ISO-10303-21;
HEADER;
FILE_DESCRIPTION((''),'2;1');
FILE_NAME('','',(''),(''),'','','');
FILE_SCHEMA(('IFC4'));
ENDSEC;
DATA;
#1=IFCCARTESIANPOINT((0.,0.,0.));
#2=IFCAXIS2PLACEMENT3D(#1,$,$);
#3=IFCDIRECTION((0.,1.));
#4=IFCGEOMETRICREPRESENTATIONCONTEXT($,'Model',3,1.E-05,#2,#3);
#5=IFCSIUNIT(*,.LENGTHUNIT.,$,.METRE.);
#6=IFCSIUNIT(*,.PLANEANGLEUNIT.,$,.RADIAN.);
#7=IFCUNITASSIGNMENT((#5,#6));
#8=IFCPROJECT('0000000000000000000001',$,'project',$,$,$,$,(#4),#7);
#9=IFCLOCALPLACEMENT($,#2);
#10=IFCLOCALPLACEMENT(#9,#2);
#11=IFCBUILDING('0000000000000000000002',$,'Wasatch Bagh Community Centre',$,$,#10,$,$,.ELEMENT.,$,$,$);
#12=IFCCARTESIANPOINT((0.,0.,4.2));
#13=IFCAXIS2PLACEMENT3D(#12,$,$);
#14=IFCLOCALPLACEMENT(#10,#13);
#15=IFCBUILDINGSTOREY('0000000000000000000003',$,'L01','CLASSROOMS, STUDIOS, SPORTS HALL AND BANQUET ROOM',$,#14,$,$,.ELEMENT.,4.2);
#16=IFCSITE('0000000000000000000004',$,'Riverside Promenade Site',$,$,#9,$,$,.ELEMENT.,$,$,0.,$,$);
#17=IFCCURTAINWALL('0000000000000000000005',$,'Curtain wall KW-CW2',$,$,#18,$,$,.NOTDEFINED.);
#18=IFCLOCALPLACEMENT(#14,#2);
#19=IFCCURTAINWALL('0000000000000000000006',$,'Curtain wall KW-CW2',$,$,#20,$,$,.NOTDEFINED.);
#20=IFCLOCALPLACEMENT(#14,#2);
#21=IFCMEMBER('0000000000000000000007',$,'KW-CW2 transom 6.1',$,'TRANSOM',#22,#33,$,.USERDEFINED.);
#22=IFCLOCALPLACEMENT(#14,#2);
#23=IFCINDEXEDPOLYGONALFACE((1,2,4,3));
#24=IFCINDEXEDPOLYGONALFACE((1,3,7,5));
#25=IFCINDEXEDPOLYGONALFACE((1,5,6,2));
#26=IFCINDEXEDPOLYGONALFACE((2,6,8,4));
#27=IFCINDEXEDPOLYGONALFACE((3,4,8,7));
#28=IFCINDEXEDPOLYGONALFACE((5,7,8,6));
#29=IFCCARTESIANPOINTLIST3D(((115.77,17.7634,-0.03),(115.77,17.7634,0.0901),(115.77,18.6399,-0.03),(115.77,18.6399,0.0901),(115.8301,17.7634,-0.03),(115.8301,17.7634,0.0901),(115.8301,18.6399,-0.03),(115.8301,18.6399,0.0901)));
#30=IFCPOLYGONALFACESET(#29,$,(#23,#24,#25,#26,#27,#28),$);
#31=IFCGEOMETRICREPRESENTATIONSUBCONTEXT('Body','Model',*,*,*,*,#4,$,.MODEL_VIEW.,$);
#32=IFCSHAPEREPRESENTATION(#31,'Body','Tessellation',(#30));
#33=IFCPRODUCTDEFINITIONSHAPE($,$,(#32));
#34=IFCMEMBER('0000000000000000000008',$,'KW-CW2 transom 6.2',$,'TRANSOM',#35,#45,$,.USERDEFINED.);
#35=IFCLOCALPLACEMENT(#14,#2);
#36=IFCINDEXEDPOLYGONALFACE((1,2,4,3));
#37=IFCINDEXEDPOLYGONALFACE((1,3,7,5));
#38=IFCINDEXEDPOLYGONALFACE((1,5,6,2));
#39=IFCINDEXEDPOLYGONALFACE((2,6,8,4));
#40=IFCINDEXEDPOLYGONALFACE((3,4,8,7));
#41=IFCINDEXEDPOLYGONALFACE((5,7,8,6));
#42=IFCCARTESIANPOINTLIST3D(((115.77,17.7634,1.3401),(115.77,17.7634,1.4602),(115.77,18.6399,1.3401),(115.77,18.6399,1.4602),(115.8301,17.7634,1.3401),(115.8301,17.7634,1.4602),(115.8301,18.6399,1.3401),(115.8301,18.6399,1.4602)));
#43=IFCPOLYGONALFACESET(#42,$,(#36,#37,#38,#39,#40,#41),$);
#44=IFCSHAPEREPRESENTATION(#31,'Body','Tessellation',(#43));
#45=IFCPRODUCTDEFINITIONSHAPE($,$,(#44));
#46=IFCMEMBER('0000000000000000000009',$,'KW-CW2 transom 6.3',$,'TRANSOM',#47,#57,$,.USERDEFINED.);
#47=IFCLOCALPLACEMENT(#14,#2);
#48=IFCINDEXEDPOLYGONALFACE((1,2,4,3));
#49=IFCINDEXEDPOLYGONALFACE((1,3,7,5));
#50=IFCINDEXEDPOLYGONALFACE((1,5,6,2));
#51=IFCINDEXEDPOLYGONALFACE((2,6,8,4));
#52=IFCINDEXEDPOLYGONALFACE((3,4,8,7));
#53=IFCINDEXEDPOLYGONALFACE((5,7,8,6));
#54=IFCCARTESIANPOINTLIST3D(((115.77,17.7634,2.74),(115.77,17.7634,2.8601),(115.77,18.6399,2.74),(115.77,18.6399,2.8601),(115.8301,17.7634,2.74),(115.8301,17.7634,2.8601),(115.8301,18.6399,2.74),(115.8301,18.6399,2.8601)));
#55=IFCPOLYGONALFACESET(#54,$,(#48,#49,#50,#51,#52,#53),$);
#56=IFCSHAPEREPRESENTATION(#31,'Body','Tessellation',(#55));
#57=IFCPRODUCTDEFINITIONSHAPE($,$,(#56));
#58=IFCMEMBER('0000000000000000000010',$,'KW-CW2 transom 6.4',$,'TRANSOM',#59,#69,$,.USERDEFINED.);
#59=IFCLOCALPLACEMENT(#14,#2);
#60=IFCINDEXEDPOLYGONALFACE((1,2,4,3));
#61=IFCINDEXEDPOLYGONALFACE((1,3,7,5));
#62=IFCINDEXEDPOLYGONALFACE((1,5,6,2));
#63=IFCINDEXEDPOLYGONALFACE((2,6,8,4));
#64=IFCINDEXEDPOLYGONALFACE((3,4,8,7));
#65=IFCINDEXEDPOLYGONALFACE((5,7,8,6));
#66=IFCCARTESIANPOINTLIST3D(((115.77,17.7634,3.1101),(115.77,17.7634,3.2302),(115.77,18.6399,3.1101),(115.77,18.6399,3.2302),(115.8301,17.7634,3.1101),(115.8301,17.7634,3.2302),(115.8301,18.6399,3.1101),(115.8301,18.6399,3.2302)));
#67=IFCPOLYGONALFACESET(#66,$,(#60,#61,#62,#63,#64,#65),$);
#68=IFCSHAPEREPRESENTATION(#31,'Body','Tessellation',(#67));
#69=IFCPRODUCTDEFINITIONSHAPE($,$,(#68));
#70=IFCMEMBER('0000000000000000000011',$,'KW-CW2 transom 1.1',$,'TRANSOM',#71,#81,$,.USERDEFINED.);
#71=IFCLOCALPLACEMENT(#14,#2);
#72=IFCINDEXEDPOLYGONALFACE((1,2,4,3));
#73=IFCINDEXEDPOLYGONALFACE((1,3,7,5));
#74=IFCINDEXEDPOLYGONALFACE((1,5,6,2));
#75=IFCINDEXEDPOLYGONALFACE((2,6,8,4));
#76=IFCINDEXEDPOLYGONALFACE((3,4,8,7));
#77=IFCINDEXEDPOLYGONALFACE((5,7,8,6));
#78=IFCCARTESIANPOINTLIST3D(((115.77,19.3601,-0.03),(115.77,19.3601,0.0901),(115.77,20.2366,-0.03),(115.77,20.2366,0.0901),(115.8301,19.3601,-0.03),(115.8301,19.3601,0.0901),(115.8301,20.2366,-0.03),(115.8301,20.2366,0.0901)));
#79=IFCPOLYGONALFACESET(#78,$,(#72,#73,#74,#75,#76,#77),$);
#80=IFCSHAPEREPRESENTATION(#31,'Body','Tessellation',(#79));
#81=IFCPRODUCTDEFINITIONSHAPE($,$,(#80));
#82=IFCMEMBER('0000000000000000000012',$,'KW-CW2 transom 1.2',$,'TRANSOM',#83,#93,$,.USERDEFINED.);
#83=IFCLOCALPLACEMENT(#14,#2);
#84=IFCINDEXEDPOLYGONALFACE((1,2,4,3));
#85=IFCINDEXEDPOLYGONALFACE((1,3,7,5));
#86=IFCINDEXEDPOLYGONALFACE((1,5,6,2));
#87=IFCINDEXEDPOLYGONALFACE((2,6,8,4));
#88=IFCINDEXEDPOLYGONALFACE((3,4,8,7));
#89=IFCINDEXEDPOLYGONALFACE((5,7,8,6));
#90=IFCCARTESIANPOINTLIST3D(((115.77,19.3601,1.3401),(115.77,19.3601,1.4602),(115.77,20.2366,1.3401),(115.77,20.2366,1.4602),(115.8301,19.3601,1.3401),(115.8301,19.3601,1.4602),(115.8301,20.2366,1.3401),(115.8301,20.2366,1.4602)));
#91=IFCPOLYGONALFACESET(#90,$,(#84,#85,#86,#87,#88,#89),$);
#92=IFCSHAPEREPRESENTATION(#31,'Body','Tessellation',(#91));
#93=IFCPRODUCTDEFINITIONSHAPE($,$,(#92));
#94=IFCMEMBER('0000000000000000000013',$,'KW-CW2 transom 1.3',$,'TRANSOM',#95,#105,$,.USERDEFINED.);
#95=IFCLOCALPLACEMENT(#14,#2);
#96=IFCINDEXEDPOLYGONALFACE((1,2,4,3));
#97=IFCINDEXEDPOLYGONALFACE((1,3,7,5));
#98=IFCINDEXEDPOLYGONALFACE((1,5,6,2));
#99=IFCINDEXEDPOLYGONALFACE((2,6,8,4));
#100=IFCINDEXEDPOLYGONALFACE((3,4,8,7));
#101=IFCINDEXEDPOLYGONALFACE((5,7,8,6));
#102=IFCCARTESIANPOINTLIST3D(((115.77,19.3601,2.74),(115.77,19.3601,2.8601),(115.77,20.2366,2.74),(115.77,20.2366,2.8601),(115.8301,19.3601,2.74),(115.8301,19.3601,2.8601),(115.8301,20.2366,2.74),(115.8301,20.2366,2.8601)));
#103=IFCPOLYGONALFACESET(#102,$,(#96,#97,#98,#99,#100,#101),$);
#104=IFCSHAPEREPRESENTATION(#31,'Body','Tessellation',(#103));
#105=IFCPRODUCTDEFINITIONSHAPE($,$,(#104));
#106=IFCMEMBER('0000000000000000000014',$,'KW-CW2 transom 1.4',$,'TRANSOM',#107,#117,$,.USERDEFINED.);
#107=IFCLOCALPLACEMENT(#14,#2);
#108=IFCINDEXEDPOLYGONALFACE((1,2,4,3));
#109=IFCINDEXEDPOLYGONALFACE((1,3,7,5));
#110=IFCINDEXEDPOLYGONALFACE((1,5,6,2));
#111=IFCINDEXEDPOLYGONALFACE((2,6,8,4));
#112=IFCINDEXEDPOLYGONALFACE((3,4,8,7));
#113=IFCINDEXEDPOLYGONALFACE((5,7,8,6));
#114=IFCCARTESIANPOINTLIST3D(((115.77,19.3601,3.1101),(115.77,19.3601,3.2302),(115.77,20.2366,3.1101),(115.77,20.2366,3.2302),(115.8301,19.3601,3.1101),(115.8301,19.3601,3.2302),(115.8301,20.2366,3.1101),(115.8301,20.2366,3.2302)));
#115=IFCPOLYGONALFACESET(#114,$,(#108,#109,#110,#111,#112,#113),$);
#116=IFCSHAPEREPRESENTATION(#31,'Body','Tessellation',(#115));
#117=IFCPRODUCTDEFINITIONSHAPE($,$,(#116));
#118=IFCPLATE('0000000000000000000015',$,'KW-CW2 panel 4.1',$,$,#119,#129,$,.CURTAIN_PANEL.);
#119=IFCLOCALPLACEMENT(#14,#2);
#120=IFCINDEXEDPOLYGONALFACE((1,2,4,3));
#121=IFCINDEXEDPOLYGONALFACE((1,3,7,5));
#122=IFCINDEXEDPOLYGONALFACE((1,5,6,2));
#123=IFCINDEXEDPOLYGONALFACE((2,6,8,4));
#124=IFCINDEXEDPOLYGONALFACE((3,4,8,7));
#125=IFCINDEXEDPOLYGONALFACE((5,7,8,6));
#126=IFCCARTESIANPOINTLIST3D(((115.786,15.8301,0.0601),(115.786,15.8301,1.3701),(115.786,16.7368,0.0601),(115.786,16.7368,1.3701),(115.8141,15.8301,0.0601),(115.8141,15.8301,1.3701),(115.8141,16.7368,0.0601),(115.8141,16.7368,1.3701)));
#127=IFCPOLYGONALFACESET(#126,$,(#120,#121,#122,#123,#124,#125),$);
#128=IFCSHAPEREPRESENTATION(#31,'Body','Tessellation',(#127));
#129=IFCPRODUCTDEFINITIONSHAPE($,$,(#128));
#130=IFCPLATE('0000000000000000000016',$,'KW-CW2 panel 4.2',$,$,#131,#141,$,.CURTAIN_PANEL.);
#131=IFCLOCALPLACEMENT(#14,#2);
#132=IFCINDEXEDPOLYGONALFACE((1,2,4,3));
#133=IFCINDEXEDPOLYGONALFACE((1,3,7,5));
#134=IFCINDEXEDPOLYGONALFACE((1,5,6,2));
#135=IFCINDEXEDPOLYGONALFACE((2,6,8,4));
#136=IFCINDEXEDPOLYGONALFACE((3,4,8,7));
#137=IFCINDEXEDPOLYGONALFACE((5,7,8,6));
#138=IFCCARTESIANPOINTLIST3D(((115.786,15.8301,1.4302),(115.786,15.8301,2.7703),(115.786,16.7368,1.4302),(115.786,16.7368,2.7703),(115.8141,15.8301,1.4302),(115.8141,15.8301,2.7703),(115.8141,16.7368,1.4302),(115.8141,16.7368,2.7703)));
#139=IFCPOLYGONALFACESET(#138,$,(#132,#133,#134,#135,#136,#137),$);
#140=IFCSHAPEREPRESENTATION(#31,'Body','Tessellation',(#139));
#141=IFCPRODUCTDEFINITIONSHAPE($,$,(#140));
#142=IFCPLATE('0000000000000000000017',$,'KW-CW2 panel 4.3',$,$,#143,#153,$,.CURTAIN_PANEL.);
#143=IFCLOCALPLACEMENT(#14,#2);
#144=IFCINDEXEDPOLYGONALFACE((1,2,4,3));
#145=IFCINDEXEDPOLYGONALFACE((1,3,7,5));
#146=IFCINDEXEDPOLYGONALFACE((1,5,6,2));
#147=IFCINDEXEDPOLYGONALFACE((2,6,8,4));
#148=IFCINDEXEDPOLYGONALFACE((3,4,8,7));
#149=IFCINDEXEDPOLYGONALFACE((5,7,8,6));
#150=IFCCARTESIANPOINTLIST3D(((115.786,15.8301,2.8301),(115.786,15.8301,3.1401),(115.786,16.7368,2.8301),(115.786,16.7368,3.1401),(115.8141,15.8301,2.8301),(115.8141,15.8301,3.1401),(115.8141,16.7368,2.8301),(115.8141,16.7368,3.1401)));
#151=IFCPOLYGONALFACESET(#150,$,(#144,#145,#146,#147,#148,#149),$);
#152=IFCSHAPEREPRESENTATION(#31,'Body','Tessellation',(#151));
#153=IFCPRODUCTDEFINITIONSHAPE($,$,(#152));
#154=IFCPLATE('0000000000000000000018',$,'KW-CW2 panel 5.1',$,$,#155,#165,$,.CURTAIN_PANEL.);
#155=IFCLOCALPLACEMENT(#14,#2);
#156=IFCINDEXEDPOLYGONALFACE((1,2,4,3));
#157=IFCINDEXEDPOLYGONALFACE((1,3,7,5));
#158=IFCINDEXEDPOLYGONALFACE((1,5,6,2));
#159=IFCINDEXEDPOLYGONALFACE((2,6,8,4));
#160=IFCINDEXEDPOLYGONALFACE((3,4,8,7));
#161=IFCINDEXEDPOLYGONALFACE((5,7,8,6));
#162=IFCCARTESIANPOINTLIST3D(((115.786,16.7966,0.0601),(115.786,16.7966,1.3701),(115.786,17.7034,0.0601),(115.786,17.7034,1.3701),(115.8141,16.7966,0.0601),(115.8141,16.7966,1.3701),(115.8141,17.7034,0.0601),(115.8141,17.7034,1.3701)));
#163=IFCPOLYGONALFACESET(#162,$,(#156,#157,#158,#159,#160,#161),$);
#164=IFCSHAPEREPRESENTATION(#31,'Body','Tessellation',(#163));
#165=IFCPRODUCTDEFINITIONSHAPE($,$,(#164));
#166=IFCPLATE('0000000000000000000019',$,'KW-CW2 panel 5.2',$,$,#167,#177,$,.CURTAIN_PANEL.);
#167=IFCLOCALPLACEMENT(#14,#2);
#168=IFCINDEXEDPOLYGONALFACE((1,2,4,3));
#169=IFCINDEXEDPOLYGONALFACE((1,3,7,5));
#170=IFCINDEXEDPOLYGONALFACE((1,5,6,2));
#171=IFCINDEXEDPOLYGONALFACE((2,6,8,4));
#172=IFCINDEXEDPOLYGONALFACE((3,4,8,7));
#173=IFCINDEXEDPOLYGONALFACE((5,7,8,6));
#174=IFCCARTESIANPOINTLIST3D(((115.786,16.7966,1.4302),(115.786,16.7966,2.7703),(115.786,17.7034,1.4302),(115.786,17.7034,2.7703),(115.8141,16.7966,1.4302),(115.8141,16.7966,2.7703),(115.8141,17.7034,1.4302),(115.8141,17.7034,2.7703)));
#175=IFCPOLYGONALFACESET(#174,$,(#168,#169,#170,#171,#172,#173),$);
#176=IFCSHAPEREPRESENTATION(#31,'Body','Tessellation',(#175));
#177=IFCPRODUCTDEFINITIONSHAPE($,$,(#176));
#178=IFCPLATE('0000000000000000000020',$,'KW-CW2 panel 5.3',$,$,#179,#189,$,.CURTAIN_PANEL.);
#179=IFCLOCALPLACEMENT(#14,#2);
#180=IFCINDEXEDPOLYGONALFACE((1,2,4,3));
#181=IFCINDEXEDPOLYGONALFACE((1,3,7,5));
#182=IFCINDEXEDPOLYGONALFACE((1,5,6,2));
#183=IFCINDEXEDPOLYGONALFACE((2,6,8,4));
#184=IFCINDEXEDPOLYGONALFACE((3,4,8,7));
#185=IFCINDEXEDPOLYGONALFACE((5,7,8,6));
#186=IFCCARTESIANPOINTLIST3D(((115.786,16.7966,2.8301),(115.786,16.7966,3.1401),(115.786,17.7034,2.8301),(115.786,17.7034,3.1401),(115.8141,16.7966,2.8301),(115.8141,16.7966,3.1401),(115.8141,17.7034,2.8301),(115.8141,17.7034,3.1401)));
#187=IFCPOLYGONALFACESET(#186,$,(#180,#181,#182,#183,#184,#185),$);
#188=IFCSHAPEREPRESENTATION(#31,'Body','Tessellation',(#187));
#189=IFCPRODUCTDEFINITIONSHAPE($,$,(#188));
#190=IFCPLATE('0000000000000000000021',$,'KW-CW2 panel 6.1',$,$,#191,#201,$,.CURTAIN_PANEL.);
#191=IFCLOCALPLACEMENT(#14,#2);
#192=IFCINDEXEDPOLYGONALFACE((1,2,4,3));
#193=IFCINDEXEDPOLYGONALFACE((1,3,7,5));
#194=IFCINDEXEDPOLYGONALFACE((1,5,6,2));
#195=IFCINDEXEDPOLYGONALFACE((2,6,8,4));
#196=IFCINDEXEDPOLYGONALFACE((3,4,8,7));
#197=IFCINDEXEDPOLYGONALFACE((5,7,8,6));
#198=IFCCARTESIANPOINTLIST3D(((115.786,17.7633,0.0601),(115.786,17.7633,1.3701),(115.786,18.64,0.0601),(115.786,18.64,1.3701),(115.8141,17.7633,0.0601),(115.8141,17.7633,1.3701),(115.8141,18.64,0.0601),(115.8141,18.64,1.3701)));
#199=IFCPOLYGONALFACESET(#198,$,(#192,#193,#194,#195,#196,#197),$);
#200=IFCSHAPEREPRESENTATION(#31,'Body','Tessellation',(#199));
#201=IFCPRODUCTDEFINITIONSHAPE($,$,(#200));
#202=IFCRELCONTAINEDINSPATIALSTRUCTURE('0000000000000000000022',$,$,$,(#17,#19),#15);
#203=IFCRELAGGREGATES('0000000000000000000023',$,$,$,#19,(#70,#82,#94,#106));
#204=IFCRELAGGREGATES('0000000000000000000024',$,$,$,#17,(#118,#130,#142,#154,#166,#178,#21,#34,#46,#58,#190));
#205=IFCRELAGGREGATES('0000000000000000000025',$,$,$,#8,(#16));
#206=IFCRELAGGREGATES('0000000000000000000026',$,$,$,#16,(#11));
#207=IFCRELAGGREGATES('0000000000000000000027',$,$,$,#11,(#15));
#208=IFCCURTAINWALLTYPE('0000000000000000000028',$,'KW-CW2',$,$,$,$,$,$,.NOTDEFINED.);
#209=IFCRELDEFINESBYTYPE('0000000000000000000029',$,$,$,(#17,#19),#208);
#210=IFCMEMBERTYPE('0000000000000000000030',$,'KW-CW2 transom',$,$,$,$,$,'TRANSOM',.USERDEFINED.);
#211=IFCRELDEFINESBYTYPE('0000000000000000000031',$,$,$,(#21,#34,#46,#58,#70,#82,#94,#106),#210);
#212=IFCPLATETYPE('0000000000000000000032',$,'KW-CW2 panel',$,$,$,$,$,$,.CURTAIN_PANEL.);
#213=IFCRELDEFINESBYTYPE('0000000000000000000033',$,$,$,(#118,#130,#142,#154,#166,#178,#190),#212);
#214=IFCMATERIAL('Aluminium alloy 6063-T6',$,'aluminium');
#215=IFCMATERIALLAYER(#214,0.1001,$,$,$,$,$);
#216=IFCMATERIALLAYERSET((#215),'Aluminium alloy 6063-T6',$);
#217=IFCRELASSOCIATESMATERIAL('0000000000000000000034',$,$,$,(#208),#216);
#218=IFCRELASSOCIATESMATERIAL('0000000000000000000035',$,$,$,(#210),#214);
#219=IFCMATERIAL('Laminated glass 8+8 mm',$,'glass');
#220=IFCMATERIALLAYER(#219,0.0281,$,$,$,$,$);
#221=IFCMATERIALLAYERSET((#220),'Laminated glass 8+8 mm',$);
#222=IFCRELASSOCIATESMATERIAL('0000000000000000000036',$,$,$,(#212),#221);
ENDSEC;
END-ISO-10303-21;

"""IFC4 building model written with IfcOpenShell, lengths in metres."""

from ifc_helpers import new_model, si_unit, direction, frame, origin, origin_2d, place, context, subcontext, project, spatial, rectangle, extrude, material, layer, layer_set, material_profile, profile_set, type_object, element, aggregate, save


model = new_model("IFC4")

# Units and contexts
model_context = context("Model", 3, precision=1e-05, world=origin(), true_north=direction((0.0, 1.0)))
body_context = subcontext(model_context, "Body", "Model", "MODEL_VIEW")
ifc_project = project(units=[si_unit("LENGTHUNIT", "METRE"), si_unit("PLANEANGLEUNIT", "RADIAN")], contexts=[model_context])

# Site, building, storey
site_placement = place(None, origin())
site = spatial("IfcSite", under=ifc_project, at=site_placement, Name="Riverside Promenade Site", CompositionType="ELEMENT", RefElevation=0.0)
building_placement = place(site_placement, origin())
building = spatial("IfcBuilding", under=site, at=building_placement, Name="Wasatch Bagh Community Centre", CompositionType="ELEMENT")
storey_placement = place(building_placement, frame((0.0, 0.0, 4.2)))
storey = spatial("IfcBuildingStorey", under=building, at=storey_placement, Name="L01", Description="CLASSROOMS, STUDIOS, SPORTS HALL AND BANQUET ROOM", CompositionType="ELEMENT", Elevation=4.2)

# Curtain wall
ifc_material_1 = material(Name="Aluminium alloy 6063-T6", Category="aluminium")
ifc_layer_1 = layer(ifc_material_1, 0.1001)
ifc_layer_set_1 = layer_set([ifc_layer_1], Name="Aluminium alloy 6063-T6")
curtain_wall_type = type_object("IfcCurtainWallType", Name="KW-CW2", PredefinedType="NOTDEFINED", material=ifc_layer_set_1)
curtain_wall_1_placement = place(storey_placement, origin())
curtain_wall_1 = element("IfcCurtainWall", 1, at=curtain_wall_1_placement, inside=storey, type_object=curtain_wall_type, Name="Curtain wall KW-CW2", PredefinedType="NOTDEFINED")

# Curtain wall
curtain_wall_2_placement = place(storey_placement, origin())
curtain_wall_2 = element("IfcCurtainWall", 2, at=curtain_wall_2_placement, inside=storey, type_object=curtain_wall_type, Name="Curtain wall KW-CW2", PredefinedType="NOTDEFINED")

# Members
ifc_material_profile_1 = material_profile(ifc_material_1, rectangle(XDim=0.0601, YDim=0.1201, at=origin_2d()), Name="AL 60x120")
ifc_profile_set_1 = profile_set([ifc_material_profile_1], Name="Aluminium alloy 6063-T6")
member_type_1 = type_object("IfcMemberType", Name="KW-CW2 transom", ElementType="TRANSOM", PredefinedType="USERDEFINED", material=ifc_profile_set_1)
member_1_placement = place(storey_placement, frame((115.8, 17.7634, 0.03), z_axis=(0.0, 1.0, 0.0), x_axis=(-1.0, 0.0, 0.0)))
member_1 = element("IfcMember", 3, at=member_1_placement, type_object=member_type_1, Name="KW-CW2 transom 6.1", ObjectType="TRANSOM", PredefinedType="USERDEFINED", context=body_context, shape_type="SweptSolid", body=[
    extrude(rectangle(XDim=0.0601, YDim=0.1201, at=origin_2d()), origin(), (0.0, 0.0, 1.0), 0.8765),
])
member_2_placement = place(storey_placement, frame((115.8, 17.7634, 1.4001), z_axis=(0.0, 1.0, 0.0), x_axis=(-1.0, 0.0, 0.0)))
member_2 = element("IfcMember", 4, at=member_2_placement, type_object=member_type_1, Name="KW-CW2 transom 6.2", ObjectType="TRANSOM", PredefinedType="USERDEFINED", context=body_context, shape_type="SweptSolid", body=[
    extrude(rectangle(XDim=0.0601, YDim=0.1201, at=origin_2d()), origin(), (0.0, 0.0, 1.0), 0.8765),
])
member_3_placement = place(storey_placement, frame((115.8, 17.7634, 2.8), z_axis=(0.0, 1.0, 0.0), x_axis=(-1.0, 0.0, 0.0)))
member_3 = element("IfcMember", 5, at=member_3_placement, type_object=member_type_1, Name="KW-CW2 transom 6.3", ObjectType="TRANSOM", PredefinedType="USERDEFINED", context=body_context, shape_type="SweptSolid", body=[
    extrude(rectangle(XDim=0.0601, YDim=0.1201, at=origin_2d()), origin(), (0.0, 0.0, 1.0), 0.8765),
])
member_4_placement = place(storey_placement, frame((115.8, 17.7634, 3.1702), z_axis=(0.0, 1.0, 0.0), x_axis=(-1.0, 0.0, 0.0)))
member_4 = element("IfcMember", 6, at=member_4_placement, type_object=member_type_1, Name="KW-CW2 transom 6.4", ObjectType="TRANSOM", PredefinedType="USERDEFINED", context=body_context, shape_type="SweptSolid", body=[
    extrude(rectangle(XDim=0.0601, YDim=0.1201, at=origin_2d()), origin(), (0.0, 0.0, 1.0), 0.8765),
])
member_5_placement = place(storey_placement, frame((115.8, 19.3601, 0.03), z_axis=(0.0, 1.0, 0.0), x_axis=(-1.0, 0.0, 0.0)))
member_5 = element("IfcMember", 7, at=member_5_placement, type_object=member_type_1, Name="KW-CW2 transom 1.1", ObjectType="TRANSOM", PredefinedType="USERDEFINED", context=body_context, shape_type="SweptSolid", body=[
    extrude(rectangle(XDim=0.0601, YDim=0.1201, at=origin_2d()), origin(), (0.0, 0.0, 1.0), 0.8765),
])
member_6_placement = place(storey_placement, frame((115.8, 19.3601, 1.4001), z_axis=(0.0, 1.0, 0.0), x_axis=(-1.0, 0.0, 0.0)))
member_6 = element("IfcMember", 8, at=member_6_placement, type_object=member_type_1, Name="KW-CW2 transom 1.2", ObjectType="TRANSOM", PredefinedType="USERDEFINED", context=body_context, shape_type="SweptSolid", body=[
    extrude(rectangle(XDim=0.0601, YDim=0.1201, at=origin_2d()), origin(), (0.0, 0.0, 1.0), 0.8765),
])
member_7_placement = place(storey_placement, frame((115.8, 19.3601, 2.8), z_axis=(0.0, 1.0, 0.0), x_axis=(-1.0, 0.0, 0.0)))
member_7 = element("IfcMember", 9, at=member_7_placement, type_object=member_type_1, Name="KW-CW2 transom 1.3", ObjectType="TRANSOM", PredefinedType="USERDEFINED", context=body_context, shape_type="SweptSolid", body=[
    extrude(rectangle(XDim=0.0601, YDim=0.1201, at=origin_2d()), origin(), (0.0, 0.0, 1.0), 0.8765),
])
member_8_placement = place(storey_placement, frame((115.8, 19.3601, 3.1702), z_axis=(0.0, 1.0, 0.0), x_axis=(-1.0, 0.0, 0.0)))
member_8 = element("IfcMember", 10, at=member_8_placement, type_object=member_type_1, Name="KW-CW2 transom 1.4", ObjectType="TRANSOM", PredefinedType="USERDEFINED", context=body_context, shape_type="SweptSolid", body=[
    extrude(rectangle(XDim=0.0601, YDim=0.1201, at=origin_2d()), origin(), (0.0, 0.0, 1.0), 0.8765),
])
aggregate(curtain_wall_2, [member_5, member_6, member_7, member_8])

# Plates
ifc_material_2 = material(Name="Laminated glass 8+8 mm", Category="glass")
ifc_layer_2 = layer(ifc_material_2, 0.0281)
ifc_layer_set_2 = layer_set([ifc_layer_2], Name="Laminated glass 8+8 mm")
plate_type = type_object("IfcPlateType", Name="KW-CW2 panel", PredefinedType="CURTAIN_PANEL", material=ifc_layer_set_2)
plate_1_placement = place(storey_placement, frame((115.8, 16.2834, 0.0601), z_axis=(0.0, 0.0, 1.0), x_axis=(0.0, 1.0, 0.0)))
plate_1 = element("IfcPlate", 11, at=plate_1_placement, type_object=plate_type, Name="KW-CW2 panel 4.1", PredefinedType="CURTAIN_PANEL", context=body_context, shape_type="SweptSolid", body=[
    extrude(rectangle(XDim=0.9067, YDim=0.0281, at=origin_2d()), origin(), (0.0, 0.0, 1.0), 1.3101),
])
plate_2_placement = place(storey_placement, frame((115.8, 16.2834, 1.4302), z_axis=(0.0, 0.0, 1.0), x_axis=(0.0, 1.0, 0.0)))
plate_2 = element("IfcPlate", 12, at=plate_2_placement, type_object=plate_type, Name="KW-CW2 panel 4.2", PredefinedType="CURTAIN_PANEL", context=body_context, shape_type="SweptSolid", body=[
    extrude(rectangle(XDim=0.9067, YDim=0.0281, at=origin_2d()), origin(), (0.0, 0.0, 1.0), 1.3401),
])
plate_3_placement = place(storey_placement, frame((115.8, 16.2834, 2.8301), z_axis=(0.0, 0.0, 1.0), x_axis=(0.0, 1.0, 0.0)))
plate_3 = element("IfcPlate", 13, at=plate_3_placement, type_object=plate_type, Name="KW-CW2 panel 4.3", PredefinedType="CURTAIN_PANEL", context=body_context, shape_type="SweptSolid", body=[
    extrude(rectangle(XDim=0.9067, YDim=0.0281, at=origin_2d()), origin(), (0.0, 0.0, 1.0), 0.3101),
])
plate_4_placement = place(storey_placement, frame((115.8, 17.25, 0.0601), z_axis=(0.0, 0.0, 1.0), x_axis=(0.0, 1.0, 0.0)))
plate_4 = element("IfcPlate", 14, at=plate_4_placement, type_object=plate_type, Name="KW-CW2 panel 5.1", PredefinedType="CURTAIN_PANEL", context=body_context, shape_type="SweptSolid", body=[
    extrude(rectangle(XDim=0.9067, YDim=0.0281, at=origin_2d()), origin(), (0.0, 0.0, 1.0), 1.3101),
])
plate_5_placement = place(storey_placement, frame((115.8, 17.25, 1.4302), z_axis=(0.0, 0.0, 1.0), x_axis=(0.0, 1.0, 0.0)))
plate_5 = element("IfcPlate", 15, at=plate_5_placement, type_object=plate_type, Name="KW-CW2 panel 5.2", PredefinedType="CURTAIN_PANEL", context=body_context, shape_type="SweptSolid", body=[
    extrude(rectangle(XDim=0.9067, YDim=0.0281, at=origin_2d()), origin(), (0.0, 0.0, 1.0), 1.3401),
])
plate_6_placement = place(storey_placement, frame((115.8, 17.25, 2.8301), z_axis=(0.0, 0.0, 1.0), x_axis=(0.0, 1.0, 0.0)))
plate_6 = element("IfcPlate", 16, at=plate_6_placement, type_object=plate_type, Name="KW-CW2 panel 5.3", PredefinedType="CURTAIN_PANEL", context=body_context, shape_type="SweptSolid", body=[
    extrude(rectangle(XDim=0.9067, YDim=0.0281, at=origin_2d()), origin(), (0.0, 0.0, 1.0), 0.3101),
])
plate_7_placement = place(storey_placement, frame((115.8, 18.2017, 0.0601), z_axis=(0.0, 0.0, 1.0), x_axis=(0.0, 1.0, 0.0)))
plate_7 = element("IfcPlate", 17, at=plate_7_placement, type_object=plate_type, Name="KW-CW2 panel 6.1", PredefinedType="CURTAIN_PANEL", context=body_context, shape_type="SweptSolid", body=[
    extrude(rectangle(XDim=0.8767, YDim=0.0281, at=origin_2d()), origin(), (0.0, 0.0, 1.0), 1.3101),
])
aggregate(curtain_wall_1, [plate_1, plate_2, plate_3, plate_4, plate_5, plate_6, member_1, member_2, member_3, member_4, plate_7])

save(model, "model.ifc")
